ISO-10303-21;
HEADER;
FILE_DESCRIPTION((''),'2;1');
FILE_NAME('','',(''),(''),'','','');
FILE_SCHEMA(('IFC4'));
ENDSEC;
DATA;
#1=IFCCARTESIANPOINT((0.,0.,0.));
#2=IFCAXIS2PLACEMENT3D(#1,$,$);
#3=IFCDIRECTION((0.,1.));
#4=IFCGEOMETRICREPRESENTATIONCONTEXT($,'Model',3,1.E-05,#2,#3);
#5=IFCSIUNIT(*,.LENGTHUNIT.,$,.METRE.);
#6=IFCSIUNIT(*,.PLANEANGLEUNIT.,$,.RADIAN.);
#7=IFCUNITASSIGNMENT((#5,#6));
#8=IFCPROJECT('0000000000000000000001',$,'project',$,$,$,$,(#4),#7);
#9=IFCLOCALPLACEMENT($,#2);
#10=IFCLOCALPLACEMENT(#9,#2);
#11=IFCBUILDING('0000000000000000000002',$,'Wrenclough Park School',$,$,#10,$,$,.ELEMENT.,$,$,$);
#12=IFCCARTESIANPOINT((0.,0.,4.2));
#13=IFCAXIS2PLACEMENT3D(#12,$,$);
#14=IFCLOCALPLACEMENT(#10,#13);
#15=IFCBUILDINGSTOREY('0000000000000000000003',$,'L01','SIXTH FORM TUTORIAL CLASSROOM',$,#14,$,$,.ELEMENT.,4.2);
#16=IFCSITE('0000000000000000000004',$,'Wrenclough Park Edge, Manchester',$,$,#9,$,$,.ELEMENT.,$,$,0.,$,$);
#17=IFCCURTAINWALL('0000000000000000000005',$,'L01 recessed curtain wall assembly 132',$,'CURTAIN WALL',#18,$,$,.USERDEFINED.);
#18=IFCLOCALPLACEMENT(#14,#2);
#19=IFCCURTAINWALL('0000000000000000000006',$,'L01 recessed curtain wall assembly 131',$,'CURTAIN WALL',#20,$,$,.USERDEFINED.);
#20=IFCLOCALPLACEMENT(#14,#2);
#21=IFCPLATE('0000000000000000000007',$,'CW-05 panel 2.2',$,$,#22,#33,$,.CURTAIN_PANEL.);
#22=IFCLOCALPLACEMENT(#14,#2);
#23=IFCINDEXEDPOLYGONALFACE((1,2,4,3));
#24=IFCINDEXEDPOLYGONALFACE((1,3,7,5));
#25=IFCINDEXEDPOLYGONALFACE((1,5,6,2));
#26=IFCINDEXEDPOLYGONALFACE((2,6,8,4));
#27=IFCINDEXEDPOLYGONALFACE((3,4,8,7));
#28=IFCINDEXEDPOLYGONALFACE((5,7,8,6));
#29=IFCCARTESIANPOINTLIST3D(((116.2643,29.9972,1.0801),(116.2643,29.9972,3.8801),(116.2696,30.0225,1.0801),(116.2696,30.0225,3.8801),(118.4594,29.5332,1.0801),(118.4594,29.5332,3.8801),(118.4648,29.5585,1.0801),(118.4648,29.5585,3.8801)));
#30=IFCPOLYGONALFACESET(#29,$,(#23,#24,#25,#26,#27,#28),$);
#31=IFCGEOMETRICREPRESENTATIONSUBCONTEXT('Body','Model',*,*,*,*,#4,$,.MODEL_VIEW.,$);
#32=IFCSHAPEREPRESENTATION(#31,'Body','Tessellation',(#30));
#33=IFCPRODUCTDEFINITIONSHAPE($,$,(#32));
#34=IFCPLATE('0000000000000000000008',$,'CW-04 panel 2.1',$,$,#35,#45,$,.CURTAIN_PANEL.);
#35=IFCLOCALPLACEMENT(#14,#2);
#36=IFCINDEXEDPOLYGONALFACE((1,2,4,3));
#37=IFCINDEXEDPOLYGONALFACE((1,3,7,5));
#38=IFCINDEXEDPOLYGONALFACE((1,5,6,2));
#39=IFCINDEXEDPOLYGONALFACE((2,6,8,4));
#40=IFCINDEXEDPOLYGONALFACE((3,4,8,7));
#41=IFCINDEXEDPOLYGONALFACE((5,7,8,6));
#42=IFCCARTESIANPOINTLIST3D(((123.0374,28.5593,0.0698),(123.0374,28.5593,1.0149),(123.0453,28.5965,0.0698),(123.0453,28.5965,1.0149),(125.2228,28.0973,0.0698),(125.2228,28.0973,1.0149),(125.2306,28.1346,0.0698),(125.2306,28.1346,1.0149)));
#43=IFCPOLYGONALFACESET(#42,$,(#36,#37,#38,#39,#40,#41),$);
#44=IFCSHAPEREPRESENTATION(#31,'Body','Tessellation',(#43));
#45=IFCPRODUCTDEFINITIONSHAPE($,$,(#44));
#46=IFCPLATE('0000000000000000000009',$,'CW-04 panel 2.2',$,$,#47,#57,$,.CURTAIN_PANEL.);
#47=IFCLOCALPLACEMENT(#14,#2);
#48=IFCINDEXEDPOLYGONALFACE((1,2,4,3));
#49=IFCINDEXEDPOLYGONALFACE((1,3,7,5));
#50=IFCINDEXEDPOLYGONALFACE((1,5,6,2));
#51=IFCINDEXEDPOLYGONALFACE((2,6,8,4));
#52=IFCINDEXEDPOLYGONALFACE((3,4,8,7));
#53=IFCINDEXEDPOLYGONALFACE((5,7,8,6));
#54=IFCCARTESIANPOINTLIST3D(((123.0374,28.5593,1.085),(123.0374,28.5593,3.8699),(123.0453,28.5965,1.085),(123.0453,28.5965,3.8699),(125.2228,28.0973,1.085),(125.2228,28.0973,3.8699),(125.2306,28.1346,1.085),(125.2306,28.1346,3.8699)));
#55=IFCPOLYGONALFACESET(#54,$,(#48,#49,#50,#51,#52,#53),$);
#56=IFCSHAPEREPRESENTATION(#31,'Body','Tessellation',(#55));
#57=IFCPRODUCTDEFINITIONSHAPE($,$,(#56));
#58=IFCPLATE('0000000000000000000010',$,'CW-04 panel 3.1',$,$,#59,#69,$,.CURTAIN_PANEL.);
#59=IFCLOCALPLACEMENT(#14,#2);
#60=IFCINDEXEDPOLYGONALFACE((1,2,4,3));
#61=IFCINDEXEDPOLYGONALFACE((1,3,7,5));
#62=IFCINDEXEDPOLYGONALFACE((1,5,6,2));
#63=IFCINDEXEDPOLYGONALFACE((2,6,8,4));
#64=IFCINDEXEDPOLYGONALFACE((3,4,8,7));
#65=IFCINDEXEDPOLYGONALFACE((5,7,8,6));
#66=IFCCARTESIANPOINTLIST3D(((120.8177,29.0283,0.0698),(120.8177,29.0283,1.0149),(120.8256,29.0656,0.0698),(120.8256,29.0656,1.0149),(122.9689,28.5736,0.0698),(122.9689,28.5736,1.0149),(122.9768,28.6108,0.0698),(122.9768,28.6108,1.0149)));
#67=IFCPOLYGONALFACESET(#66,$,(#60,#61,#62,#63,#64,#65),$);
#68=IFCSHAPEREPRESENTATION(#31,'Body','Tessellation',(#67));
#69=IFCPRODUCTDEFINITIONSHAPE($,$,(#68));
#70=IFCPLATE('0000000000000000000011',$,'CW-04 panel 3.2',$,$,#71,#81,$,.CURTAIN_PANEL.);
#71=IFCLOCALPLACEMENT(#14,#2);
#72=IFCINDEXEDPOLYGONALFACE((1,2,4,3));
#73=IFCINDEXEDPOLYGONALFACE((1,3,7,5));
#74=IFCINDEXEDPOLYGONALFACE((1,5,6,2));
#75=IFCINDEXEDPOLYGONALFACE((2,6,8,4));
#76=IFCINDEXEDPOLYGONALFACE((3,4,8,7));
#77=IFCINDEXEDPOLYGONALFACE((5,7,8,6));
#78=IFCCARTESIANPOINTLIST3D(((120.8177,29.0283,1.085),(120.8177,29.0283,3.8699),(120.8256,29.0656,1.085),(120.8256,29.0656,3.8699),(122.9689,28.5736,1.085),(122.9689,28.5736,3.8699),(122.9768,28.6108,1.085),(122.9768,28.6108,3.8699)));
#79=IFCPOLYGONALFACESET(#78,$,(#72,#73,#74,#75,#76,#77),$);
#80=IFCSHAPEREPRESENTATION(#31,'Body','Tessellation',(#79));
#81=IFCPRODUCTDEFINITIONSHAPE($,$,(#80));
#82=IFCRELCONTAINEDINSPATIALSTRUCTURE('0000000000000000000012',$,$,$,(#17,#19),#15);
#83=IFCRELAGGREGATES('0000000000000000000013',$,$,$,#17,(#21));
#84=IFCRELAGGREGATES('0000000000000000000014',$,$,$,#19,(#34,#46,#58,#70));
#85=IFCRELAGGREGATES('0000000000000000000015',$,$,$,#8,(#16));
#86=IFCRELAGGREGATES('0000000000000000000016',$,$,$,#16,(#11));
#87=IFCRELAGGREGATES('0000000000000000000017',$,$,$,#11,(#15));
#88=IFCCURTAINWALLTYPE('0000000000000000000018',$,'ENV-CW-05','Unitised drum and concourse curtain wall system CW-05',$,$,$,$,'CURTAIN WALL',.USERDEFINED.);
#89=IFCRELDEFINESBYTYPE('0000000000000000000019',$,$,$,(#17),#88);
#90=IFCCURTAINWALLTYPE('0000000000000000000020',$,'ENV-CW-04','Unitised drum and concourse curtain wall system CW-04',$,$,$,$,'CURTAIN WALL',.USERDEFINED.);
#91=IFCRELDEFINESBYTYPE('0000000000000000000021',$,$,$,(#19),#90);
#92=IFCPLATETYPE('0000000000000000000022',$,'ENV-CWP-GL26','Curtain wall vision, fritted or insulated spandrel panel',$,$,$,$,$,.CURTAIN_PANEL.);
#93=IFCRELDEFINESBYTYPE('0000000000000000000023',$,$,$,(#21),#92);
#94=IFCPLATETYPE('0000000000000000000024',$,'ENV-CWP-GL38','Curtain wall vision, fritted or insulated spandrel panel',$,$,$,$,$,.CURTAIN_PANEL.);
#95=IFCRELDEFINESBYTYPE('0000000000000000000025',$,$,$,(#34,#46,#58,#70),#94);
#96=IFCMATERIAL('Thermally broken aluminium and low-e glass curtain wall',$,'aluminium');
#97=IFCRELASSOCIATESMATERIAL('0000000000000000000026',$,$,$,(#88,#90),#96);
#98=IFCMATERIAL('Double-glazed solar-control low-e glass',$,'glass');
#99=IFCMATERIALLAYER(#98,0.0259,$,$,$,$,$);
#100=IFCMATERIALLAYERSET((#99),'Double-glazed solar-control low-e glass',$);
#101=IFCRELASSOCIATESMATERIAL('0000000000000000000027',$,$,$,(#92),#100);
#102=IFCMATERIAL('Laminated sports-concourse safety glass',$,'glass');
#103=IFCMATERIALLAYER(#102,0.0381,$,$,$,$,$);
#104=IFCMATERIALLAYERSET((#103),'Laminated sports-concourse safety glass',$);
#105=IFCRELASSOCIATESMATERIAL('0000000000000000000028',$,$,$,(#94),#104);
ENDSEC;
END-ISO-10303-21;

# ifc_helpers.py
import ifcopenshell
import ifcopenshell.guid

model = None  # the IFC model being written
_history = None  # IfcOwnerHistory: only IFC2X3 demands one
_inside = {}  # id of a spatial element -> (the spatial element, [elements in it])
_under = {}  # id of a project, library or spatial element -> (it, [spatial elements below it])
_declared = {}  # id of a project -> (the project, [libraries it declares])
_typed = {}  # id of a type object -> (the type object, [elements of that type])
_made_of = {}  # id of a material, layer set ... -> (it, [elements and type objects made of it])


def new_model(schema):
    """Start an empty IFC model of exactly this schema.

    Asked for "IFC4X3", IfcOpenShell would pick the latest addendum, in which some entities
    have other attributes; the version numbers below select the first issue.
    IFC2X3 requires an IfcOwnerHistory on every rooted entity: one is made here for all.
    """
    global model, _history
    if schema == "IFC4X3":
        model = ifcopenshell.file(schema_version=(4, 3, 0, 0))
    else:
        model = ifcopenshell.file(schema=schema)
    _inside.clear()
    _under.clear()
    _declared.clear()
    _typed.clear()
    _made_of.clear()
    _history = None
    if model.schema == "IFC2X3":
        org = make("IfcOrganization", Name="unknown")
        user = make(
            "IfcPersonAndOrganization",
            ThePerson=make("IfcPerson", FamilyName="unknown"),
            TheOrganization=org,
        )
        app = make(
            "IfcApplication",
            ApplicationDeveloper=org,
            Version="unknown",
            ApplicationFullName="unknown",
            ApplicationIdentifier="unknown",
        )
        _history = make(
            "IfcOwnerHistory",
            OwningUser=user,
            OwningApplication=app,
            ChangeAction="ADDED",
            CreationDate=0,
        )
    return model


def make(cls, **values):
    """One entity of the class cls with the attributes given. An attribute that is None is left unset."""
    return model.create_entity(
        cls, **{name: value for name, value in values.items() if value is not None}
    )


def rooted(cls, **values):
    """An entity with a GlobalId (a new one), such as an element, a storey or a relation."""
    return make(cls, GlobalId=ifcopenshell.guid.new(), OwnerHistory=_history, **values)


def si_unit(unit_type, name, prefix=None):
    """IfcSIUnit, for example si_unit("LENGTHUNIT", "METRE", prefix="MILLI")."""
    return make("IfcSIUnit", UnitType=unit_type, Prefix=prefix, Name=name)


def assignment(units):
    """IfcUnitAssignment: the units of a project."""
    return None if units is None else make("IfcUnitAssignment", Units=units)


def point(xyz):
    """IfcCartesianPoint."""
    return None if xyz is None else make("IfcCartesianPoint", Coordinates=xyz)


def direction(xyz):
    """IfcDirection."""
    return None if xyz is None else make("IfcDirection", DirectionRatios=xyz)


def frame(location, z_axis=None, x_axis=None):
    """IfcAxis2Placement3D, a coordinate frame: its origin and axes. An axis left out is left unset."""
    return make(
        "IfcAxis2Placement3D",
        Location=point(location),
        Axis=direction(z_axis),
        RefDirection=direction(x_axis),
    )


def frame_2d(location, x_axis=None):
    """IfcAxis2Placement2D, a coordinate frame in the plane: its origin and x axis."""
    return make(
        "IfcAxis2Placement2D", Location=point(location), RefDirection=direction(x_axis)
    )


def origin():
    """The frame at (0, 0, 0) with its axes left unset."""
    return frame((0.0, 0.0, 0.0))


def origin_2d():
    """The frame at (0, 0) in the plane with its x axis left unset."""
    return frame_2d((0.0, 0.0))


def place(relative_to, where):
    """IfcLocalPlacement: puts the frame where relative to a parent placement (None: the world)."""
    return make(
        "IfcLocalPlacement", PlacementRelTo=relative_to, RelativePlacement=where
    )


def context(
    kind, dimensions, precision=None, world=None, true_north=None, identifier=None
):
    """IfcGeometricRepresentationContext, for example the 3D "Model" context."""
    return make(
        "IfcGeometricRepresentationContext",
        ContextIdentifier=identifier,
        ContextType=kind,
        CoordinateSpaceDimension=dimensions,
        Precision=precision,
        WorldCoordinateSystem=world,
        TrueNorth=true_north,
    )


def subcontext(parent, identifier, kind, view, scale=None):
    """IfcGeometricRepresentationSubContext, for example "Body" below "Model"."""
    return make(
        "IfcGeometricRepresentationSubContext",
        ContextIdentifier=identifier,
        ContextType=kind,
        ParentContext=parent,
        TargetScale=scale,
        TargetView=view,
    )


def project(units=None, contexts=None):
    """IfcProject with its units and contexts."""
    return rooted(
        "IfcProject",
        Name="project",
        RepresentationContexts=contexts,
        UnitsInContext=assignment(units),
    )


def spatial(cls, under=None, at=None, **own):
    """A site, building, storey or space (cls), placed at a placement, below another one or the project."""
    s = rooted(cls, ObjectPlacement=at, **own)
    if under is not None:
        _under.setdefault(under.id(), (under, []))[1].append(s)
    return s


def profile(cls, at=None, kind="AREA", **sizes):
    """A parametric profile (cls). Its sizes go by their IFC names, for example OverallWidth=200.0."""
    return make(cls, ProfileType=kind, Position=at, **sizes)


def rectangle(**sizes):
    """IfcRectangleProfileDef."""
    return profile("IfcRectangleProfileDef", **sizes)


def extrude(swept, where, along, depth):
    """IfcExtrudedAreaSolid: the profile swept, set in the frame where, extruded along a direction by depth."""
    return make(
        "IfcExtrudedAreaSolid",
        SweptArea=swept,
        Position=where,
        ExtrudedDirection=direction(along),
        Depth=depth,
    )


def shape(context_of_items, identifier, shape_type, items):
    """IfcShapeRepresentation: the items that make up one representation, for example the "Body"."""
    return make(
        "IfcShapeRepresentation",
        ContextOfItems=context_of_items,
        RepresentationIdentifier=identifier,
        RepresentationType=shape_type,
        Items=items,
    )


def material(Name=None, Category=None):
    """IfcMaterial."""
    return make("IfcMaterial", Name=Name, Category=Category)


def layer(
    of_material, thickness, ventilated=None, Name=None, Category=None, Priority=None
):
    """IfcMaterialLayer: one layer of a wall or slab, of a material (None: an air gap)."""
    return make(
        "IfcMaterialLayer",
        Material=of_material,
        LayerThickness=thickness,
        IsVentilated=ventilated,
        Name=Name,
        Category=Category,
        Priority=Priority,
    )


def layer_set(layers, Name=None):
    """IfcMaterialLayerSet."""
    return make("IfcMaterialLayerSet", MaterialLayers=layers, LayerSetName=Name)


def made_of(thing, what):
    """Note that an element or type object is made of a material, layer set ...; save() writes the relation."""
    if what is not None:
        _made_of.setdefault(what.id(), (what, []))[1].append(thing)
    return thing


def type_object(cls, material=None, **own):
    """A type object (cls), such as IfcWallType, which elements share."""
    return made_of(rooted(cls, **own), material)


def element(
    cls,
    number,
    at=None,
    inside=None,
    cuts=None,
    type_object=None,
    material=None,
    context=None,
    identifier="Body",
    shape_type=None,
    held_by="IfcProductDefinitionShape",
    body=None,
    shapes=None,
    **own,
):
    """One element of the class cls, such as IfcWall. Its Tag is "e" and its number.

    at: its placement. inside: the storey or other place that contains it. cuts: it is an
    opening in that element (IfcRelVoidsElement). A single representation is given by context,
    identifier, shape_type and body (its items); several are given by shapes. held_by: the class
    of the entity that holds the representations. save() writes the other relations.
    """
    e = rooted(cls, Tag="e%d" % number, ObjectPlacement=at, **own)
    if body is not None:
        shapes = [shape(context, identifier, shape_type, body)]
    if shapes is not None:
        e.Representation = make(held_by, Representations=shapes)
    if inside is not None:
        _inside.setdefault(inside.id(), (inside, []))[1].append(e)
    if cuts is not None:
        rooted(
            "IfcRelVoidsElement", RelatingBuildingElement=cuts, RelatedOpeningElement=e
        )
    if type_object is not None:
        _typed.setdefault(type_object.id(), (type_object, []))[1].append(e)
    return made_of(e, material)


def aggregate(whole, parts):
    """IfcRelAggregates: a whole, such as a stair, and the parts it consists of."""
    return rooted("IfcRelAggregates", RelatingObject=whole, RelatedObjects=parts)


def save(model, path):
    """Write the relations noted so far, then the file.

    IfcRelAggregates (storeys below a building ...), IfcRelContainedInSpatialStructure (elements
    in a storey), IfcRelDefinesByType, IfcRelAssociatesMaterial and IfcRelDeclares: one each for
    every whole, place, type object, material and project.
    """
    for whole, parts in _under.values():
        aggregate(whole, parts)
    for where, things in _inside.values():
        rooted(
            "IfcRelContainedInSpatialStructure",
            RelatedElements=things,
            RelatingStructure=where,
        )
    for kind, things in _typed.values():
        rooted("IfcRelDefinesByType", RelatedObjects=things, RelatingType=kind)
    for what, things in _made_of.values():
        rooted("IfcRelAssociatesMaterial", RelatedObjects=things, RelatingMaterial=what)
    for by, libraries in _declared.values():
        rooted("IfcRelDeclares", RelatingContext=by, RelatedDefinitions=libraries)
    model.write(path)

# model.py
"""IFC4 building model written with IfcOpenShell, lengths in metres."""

from ifc_helpers import new_model, si_unit, direction, frame, origin, origin_2d, place, context, subcontext, project, spatial, rectangle, extrude, material, layer, layer_set, type_object, element, aggregate, save


model = new_model("IFC4")

# Units and contexts
model_context = context("Model", 3, precision=1e-05, world=origin(), true_north=direction((0.0, 1.0)))
body_context = subcontext(model_context, "Body", "Model", "MODEL_VIEW")
ifc_project = project(units=[si_unit("LENGTHUNIT", "METRE"), si_unit("PLANEANGLEUNIT", "RADIAN")], contexts=[model_context])

# Site, building, storey
site_placement = place(None, origin())
site = spatial("IfcSite", under=ifc_project, at=site_placement, Name="Wrenclough Park Edge, Manchester", CompositionType="ELEMENT", RefElevation=0.0)
building_placement = place(site_placement, origin())
building = spatial("IfcBuilding", under=site, at=building_placement, Name="Wrenclough Park School", CompositionType="ELEMENT")
storey_placement = place(building_placement, frame((0.0, 0.0, 4.2)))
storey = spatial("IfcBuildingStorey", under=building, at=storey_placement, Name="L01", Description="SIXTH FORM TUTORIAL CLASSROOM", CompositionType="ELEMENT", Elevation=4.2)

# Curtain walls
ifc_material_1 = material(Name="Thermally broken aluminium and low-e glass curtain wall", Category="aluminium")
curtain_wall_type_1 = type_object("IfcCurtainWallType", Name="ENV-CW-05", Description="Unitised drum and concourse curtain wall system CW-05", ElementType="CURTAIN WALL", PredefinedType="USERDEFINED", material=ifc_material_1)
curtain_wall_1_placement = place(storey_placement, origin())
curtain_wall_1 = element("IfcCurtainWall", 1, at=curtain_wall_1_placement, inside=storey, type_object=curtain_wall_type_1, Name="L01 recessed curtain wall assembly 132", ObjectType="CURTAIN WALL", PredefinedType="USERDEFINED")
curtain_wall_type_2 = type_object("IfcCurtainWallType", Name="ENV-CW-04", Description="Unitised drum and concourse curtain wall system CW-04", ElementType="CURTAIN WALL", PredefinedType="USERDEFINED", material=ifc_material_1)
curtain_wall_2_placement = place(storey_placement, origin())
curtain_wall_2 = element("IfcCurtainWall", 2, at=curtain_wall_2_placement, inside=storey, type_object=curtain_wall_type_2, Name="L01 recessed curtain wall assembly 131", ObjectType="CURTAIN WALL", PredefinedType="USERDEFINED")

# Plates
ifc_material_2 = material(Name="Double-glazed solar-control low-e glass", Category="glass")
ifc_layer_1 = layer(ifc_material_2, 0.0259)
ifc_layer_set_1 = layer_set([ifc_layer_1], Name="Double-glazed solar-control low-e glass")
plate_type_1 = type_object("IfcPlateType", Name="ENV-CWP-GL26", Description="Curtain wall vision, fritted or insulated spandrel panel", PredefinedType="CURTAIN_PANEL", material=ifc_layer_set_1)
plate_1_placement = place(storey_placement, frame((117.3645, 29.7778, 1.0801), z_axis=(0.0, 0.0, 1.0), x_axis=(-0.97838, 0.206815, 0.0)))
plate_1 = element("IfcPlate", 3, at=plate_1_placement, type_object=plate_type_1, Name="CW-05 panel 2.2", PredefinedType="CURTAIN_PANEL", context=body_context, shape_type="SweptSolid", body=[
    extrude(rectangle(XDim=2.2437, YDim=0.0259, at=origin_2d()), origin(), (0.0, 0.0, 1.0), 2.8),
])
aggregate(curtain_wall_1, [plate_1])
ifc_material_3 = material(Name="Laminated sports-concourse safety glass", Category="glass")
ifc_layer_2 = layer(ifc_material_3, 0.0381)
ifc_layer_set_2 = layer_set([ifc_layer_2], Name="Laminated sports-concourse safety glass")
plate_type_2 = type_object("IfcPlateType", Name="ENV-CWP-GL38", Description="Curtain wall vision, fritted or insulated spandrel panel", PredefinedType="CURTAIN_PANEL", material=ifc_layer_set_2)
plate_2_placement = place(storey_placement, frame((124.134, 28.3469, 0.0698), z_axis=(0.0, 0.0, 1.0), x_axis=(-0.978379, 0.206818, 0.0)))
plate_2 = element("IfcPlate", 4, at=plate_2_placement, type_object=plate_type_2, Name="CW-04 panel 2.1", PredefinedType="CURTAIN_PANEL", context=body_context, shape_type="SweptSolid", body=[
    extrude(rectangle(XDim=2.2336, YDim=0.0381, at=origin_2d()), origin(), (0.0, 0.0, 1.0), 0.9451),
])
plate_3_placement = place(storey_placement, frame((124.134, 28.3469, 1.085), z_axis=(0.0, 0.0, 1.0), x_axis=(-0.978379, 0.206818, 0.0)))
plate_3 = element("IfcPlate", 5, at=plate_3_placement, type_object=plate_type_2, Name="CW-04 panel 2.2", PredefinedType="CURTAIN_PANEL", context=body_context, shape_type="SweptSolid", body=[
    extrude(rectangle(XDim=2.2336, YDim=0.0381, at=origin_2d()), origin(), (0.0, 0.0, 1.0), 2.7849),
])
plate_4_placement = place(storey_placement, frame((121.8972, 28.8196, 0.0698), z_axis=(0.0, 0.0, 1.0), x_axis=(-0.978379, 0.206818, 0.0)))
plate_4 = element("IfcPlate", 6, at=plate_4_placement, type_object=plate_type_2, Name="CW-04 panel 3.1", PredefinedType="CURTAIN_PANEL", context=body_context, shape_type="SweptSolid", body=[
    extrude(rectangle(XDim=2.1987, YDim=0.0381, at=origin_2d()), origin(), (0.0, 0.0, 1.0), 0.9451),
])
plate_5_placement = place(storey_placement, frame((121.8972, 28.8196, 1.085), z_axis=(0.0, 0.0, 1.0), x_axis=(-0.978379, 0.206818, 0.0)))
plate_5 = element("IfcPlate", 7, at=plate_5_placement, type_object=plate_type_2, Name="CW-04 panel 3.2", PredefinedType="CURTAIN_PANEL", context=body_context, shape_type="SweptSolid", body=[
    extrude(rectangle(XDim=2.1987, YDim=0.0381, at=origin_2d()), origin(), (0.0, 0.0, 1.0), 2.7849),
])
aggregate(curtain_wall_2, [plate_2, plate_3, plate_4, plate_5])

save(model, "model.ifc")
